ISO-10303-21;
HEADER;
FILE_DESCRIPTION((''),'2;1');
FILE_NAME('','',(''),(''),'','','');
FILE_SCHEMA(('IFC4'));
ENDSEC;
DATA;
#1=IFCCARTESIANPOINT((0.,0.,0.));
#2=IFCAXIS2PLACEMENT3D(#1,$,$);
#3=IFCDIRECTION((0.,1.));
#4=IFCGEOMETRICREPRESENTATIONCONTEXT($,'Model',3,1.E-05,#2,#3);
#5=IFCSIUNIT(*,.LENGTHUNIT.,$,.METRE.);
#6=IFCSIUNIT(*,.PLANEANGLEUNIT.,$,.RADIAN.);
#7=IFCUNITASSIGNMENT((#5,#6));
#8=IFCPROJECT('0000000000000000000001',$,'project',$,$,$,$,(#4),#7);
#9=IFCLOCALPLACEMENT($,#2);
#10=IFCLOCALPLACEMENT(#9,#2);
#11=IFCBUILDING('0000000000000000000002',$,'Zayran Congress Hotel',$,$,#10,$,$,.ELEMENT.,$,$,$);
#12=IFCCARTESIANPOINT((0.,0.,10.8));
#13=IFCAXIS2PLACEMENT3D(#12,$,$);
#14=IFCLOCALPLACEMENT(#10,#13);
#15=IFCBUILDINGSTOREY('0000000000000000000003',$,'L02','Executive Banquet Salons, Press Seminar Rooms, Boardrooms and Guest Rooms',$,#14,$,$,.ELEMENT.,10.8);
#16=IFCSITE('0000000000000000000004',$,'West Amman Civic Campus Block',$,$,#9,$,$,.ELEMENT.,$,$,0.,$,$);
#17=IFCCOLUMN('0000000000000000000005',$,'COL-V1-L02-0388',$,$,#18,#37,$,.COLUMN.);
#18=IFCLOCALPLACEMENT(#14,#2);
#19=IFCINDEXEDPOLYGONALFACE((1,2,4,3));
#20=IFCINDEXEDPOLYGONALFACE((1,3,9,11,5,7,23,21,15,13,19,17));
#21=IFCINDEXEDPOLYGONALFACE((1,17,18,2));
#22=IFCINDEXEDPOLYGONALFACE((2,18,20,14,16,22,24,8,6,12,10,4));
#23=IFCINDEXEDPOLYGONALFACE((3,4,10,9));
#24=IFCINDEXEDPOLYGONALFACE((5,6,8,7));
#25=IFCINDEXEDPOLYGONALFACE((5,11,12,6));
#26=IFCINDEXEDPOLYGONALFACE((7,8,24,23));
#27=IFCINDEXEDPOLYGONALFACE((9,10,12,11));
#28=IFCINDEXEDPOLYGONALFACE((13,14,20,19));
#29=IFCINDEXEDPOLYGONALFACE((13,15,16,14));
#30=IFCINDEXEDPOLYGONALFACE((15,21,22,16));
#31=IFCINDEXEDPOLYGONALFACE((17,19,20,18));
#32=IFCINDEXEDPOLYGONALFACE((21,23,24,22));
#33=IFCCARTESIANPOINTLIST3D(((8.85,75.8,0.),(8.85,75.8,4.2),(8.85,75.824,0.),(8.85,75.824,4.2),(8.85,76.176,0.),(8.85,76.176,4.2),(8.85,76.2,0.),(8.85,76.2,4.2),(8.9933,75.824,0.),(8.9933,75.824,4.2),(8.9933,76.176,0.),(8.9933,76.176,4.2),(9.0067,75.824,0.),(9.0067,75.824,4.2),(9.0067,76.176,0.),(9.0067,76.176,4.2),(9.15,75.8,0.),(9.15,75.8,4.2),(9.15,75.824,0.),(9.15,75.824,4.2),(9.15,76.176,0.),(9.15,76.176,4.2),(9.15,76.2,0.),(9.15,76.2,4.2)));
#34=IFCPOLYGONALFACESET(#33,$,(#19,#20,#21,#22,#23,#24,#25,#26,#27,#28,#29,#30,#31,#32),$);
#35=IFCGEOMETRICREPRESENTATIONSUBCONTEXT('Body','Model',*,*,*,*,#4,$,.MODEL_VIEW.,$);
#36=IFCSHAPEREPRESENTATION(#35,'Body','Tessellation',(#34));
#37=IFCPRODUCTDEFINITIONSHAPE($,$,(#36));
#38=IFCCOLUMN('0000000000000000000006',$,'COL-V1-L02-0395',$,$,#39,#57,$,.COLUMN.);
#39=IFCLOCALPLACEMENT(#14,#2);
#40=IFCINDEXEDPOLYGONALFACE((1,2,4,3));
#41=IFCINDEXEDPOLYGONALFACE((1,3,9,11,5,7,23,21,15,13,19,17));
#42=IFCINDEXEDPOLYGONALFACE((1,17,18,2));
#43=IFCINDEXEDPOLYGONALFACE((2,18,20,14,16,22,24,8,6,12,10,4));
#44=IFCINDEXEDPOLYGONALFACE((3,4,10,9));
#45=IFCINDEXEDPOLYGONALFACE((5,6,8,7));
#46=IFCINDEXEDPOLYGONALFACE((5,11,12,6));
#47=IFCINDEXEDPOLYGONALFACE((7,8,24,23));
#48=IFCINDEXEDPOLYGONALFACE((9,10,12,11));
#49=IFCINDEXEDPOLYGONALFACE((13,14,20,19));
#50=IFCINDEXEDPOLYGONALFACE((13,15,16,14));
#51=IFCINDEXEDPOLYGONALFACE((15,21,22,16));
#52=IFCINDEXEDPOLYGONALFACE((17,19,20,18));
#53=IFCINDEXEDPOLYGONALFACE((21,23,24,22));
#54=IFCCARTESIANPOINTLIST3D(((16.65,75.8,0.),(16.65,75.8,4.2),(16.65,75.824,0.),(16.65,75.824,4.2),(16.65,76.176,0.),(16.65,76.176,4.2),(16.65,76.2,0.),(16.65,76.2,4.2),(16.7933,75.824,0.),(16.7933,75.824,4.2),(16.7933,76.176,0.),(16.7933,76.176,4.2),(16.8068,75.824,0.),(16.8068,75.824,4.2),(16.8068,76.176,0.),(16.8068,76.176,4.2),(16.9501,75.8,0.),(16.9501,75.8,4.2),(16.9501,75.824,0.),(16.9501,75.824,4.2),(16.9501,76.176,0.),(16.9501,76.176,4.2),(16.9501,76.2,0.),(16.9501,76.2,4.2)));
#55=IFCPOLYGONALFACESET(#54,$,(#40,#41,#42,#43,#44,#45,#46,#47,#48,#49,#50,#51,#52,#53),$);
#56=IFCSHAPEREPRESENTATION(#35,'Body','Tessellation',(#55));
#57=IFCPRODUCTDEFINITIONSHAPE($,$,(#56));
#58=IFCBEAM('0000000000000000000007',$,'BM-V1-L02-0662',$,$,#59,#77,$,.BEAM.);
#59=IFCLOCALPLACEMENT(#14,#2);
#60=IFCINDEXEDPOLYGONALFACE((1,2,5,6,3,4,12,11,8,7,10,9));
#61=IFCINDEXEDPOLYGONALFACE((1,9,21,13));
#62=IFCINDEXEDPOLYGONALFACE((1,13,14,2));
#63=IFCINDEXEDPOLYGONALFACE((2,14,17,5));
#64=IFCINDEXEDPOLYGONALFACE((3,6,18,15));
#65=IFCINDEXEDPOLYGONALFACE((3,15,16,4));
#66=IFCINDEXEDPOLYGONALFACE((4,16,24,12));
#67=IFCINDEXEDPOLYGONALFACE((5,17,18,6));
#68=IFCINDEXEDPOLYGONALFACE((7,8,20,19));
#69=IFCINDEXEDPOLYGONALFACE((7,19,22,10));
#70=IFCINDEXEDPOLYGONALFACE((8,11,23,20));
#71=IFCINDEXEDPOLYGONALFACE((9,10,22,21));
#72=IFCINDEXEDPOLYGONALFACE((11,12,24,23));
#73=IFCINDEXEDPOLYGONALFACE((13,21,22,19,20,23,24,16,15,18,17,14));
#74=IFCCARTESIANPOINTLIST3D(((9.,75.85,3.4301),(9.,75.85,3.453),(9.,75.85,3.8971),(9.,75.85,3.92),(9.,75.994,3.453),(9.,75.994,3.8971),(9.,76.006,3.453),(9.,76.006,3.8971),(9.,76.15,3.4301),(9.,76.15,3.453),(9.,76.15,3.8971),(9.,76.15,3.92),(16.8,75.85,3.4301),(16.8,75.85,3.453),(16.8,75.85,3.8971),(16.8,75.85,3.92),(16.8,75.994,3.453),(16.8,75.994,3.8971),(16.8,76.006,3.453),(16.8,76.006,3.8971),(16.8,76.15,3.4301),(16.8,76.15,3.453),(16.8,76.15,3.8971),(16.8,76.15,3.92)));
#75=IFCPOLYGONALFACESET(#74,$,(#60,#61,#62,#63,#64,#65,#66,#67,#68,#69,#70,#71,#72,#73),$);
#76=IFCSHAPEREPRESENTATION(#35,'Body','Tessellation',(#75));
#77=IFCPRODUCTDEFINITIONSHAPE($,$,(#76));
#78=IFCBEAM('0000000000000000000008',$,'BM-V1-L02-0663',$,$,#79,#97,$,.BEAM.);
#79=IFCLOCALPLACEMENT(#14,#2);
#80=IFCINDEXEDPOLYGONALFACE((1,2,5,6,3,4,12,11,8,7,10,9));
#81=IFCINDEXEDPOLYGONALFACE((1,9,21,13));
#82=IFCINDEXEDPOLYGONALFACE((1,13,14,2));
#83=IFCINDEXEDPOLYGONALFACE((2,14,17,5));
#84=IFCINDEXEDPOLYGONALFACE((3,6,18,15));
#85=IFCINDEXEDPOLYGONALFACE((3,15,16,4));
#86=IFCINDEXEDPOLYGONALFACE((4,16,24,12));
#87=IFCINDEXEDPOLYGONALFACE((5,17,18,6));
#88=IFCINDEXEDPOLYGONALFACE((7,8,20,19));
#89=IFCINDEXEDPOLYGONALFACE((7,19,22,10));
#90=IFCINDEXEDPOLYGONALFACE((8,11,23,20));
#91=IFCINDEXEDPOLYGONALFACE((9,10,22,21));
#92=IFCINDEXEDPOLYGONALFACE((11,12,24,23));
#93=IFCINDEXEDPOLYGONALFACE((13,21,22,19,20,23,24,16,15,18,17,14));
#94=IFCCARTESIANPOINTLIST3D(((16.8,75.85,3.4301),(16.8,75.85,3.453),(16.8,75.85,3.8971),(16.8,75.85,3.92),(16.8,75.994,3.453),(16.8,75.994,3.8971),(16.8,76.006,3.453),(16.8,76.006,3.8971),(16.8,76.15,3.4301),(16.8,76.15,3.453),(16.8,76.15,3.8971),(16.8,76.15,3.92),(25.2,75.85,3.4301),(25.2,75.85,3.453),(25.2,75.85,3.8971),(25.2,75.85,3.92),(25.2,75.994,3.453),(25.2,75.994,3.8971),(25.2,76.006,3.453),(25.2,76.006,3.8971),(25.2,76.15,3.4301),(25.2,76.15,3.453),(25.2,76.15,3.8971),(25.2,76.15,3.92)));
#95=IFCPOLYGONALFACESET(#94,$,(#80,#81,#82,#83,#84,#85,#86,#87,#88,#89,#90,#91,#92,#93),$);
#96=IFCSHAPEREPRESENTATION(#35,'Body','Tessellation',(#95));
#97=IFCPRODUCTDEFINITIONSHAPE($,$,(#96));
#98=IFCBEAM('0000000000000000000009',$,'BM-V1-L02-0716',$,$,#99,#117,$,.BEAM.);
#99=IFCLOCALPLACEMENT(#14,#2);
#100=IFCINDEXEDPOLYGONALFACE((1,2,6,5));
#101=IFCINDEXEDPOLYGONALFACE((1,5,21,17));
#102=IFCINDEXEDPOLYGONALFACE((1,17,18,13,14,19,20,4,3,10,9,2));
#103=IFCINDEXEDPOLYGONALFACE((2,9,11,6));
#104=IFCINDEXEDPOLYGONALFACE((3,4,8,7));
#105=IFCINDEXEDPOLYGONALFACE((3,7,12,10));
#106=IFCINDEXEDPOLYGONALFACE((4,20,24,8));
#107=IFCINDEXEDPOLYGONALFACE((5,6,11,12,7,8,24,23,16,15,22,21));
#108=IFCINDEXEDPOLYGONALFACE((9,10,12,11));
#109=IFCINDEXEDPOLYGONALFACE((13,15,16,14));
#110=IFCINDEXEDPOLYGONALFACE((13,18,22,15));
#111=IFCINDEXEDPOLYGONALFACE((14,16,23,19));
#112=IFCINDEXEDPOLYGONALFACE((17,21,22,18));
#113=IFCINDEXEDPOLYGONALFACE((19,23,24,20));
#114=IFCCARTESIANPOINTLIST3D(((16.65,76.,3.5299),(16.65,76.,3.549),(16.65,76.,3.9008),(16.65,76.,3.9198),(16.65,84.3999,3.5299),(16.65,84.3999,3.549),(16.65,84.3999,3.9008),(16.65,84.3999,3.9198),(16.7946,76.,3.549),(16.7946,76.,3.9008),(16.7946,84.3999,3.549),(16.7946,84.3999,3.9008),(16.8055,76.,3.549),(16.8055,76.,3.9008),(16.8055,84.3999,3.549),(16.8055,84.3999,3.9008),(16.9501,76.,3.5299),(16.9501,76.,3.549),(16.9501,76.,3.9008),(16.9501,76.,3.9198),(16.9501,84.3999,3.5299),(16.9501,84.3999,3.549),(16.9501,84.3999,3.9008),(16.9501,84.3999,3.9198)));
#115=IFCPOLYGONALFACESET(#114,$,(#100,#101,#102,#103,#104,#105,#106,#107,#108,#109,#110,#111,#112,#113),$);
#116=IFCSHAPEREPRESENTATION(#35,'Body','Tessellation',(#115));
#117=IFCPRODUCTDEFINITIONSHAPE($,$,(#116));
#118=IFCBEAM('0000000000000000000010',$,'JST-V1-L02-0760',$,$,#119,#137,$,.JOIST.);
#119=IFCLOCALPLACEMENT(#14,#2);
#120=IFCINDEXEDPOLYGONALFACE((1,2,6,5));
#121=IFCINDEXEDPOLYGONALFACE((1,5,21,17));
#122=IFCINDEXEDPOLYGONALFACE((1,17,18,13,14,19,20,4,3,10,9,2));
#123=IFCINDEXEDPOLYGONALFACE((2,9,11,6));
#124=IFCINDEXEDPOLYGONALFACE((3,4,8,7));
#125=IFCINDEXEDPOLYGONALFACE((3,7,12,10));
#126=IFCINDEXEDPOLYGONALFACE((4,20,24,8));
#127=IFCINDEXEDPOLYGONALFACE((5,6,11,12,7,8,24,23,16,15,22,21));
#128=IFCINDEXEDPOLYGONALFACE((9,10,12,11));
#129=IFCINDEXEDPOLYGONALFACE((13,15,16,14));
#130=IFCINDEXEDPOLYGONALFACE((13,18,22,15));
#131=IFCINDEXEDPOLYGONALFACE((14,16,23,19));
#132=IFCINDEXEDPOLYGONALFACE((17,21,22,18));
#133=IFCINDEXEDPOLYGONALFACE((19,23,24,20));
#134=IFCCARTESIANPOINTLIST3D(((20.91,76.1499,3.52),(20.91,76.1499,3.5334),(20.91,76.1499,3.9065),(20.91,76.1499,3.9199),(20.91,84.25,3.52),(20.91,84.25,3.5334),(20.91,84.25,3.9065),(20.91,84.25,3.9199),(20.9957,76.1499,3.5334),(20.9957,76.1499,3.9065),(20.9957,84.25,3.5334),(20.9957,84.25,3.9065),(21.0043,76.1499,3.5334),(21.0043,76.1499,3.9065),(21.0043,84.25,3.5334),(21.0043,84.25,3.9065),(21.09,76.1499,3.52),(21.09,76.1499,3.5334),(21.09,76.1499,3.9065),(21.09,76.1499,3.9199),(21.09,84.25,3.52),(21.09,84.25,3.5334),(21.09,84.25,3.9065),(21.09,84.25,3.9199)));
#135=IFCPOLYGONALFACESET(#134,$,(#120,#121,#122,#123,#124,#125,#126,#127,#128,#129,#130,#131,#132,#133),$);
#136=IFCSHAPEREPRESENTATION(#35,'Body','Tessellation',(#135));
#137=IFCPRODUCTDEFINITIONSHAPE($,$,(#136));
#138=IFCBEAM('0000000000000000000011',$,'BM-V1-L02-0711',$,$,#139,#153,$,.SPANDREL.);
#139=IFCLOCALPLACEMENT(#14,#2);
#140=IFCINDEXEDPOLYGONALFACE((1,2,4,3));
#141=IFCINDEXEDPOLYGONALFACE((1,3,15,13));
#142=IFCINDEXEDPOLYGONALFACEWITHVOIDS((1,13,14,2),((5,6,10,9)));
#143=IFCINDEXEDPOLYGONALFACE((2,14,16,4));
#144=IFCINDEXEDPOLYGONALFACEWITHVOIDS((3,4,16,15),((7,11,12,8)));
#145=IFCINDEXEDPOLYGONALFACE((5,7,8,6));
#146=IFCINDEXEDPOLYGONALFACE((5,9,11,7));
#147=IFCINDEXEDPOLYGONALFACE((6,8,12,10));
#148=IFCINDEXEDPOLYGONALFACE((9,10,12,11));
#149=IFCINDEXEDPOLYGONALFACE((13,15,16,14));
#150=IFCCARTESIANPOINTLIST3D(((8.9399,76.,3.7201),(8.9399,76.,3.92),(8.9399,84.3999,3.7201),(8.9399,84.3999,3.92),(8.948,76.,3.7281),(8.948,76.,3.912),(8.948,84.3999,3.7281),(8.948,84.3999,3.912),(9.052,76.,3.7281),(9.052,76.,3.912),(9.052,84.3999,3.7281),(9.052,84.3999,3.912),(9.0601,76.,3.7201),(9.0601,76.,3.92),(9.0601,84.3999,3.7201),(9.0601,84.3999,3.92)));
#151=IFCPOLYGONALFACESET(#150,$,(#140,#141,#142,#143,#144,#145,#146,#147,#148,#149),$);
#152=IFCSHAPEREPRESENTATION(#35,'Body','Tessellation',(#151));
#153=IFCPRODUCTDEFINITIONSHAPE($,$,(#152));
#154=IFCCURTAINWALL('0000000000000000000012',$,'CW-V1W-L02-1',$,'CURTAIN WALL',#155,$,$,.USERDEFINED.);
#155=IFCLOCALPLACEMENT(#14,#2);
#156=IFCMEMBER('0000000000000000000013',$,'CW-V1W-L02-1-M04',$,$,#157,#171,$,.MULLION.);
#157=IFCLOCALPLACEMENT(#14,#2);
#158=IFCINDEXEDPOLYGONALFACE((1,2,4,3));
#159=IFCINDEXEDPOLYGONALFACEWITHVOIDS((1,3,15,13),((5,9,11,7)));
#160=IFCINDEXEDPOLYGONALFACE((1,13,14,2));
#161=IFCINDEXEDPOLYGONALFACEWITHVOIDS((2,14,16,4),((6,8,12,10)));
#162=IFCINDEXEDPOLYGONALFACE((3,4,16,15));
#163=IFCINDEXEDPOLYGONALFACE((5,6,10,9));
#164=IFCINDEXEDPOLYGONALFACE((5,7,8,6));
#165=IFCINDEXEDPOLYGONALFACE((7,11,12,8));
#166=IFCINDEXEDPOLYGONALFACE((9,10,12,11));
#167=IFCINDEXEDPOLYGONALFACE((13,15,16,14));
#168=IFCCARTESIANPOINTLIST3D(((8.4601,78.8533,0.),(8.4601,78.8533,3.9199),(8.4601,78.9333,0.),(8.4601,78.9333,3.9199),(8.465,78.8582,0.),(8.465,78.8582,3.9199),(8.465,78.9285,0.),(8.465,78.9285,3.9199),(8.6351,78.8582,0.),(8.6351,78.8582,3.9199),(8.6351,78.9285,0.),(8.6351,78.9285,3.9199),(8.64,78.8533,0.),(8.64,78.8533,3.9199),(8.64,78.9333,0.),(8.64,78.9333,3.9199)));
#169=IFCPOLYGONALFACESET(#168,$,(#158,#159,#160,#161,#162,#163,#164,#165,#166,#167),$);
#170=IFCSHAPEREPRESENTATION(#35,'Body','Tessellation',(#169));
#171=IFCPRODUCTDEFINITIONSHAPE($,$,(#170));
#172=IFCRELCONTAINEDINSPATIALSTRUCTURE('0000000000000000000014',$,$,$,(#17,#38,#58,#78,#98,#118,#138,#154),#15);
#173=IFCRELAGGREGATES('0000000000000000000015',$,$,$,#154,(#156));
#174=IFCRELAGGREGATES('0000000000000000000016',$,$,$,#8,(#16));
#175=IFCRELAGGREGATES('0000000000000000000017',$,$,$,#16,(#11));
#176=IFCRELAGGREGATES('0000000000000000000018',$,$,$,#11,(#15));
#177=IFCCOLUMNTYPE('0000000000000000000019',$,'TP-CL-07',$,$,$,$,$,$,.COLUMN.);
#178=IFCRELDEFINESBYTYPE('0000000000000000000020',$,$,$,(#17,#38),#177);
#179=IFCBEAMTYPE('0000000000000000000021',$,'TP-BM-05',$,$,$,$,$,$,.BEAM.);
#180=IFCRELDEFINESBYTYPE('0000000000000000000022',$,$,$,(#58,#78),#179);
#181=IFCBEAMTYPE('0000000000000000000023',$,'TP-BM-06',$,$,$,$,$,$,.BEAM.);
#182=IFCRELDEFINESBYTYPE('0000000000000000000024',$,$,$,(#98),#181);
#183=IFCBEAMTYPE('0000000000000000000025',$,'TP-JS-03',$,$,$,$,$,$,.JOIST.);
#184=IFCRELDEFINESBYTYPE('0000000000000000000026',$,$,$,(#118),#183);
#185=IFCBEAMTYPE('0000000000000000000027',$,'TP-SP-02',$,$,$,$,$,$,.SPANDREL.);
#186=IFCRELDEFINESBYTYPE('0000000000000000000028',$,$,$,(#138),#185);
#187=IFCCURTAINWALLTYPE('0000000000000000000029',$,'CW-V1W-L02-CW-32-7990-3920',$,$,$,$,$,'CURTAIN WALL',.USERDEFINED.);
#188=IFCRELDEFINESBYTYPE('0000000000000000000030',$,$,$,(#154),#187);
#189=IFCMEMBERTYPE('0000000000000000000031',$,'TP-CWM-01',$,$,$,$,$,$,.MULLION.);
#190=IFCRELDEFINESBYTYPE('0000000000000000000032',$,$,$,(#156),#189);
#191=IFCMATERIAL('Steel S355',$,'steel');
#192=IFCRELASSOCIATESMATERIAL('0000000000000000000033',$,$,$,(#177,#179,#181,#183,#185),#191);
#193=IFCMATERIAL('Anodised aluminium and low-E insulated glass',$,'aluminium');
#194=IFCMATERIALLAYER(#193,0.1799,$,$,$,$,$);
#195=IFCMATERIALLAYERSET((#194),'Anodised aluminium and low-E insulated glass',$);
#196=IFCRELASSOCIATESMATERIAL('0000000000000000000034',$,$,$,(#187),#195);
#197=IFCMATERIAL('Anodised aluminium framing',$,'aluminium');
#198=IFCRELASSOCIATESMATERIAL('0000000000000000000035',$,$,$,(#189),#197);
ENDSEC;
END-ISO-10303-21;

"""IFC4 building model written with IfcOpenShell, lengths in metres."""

from ifc_helpers import new_model, si_unit, direction, frame, origin, origin_2d, place, context, subcontext, project, spatial, hollow_rectangle, i_section, extrude, material, layer, layer_set, material_profile, profile_set, type_object, element, aggregate, save


model = new_model("IFC4")

# Units and contexts
model_context = context("Model", 3, precision=1e-05, world=origin(), true_north=direction((0.0, 1.0)))
body_context = subcontext(model_context, "Body", "Model", "MODEL_VIEW")
ifc_project = project(units=[si_unit("LENGTHUNIT", "METRE"), si_unit("PLANEANGLEUNIT", "RADIAN")], contexts=[model_context])

# Site, building, storey
site_placement = place(None, origin())
site = spatial("IfcSite", under=ifc_project, at=site_placement, Name="West Amman Civic Campus Block", CompositionType="ELEMENT", RefElevation=0.0)
building_placement = place(site_placement, origin())
building = spatial("IfcBuilding", under=site, at=building_placement, Name="Zayran Congress Hotel", CompositionType="ELEMENT")
storey_placement = place(building_placement, frame((0.0, 0.0, 10.8)))
storey = spatial("IfcBuildingStorey", under=building, at=storey_placement, Name="L02", Description="Executive Banquet Salons, Press Seminar Rooms, Boardrooms and Guest Rooms", CompositionType="ELEMENT", Elevation=10.8)

# Columns
ifc_material_1 = material(Name="Steel S355", Category="steel")
ifc_material_profile_1 = material_profile(ifc_material_1, i_section(OverallWidth=0.3, OverallDepth=0.3999, WebThickness=0.0134, FlangeThickness=0.0239, at=origin_2d()), Name="HEB 400")
ifc_profile_set_1 = profile_set([ifc_material_profile_1], Name="Steel S355")
column_type = type_object("IfcColumnType", Name="TP-CL-07", PredefinedType="COLUMN", material=ifc_profile_set_1)
for number, where, z_axis, x_axis, name in (
    (1, (9.0, 76.0, 0.0), (0.0, 0.0, 1.0), (1.0, 0.0, 0.0), "COL-V1-L02-0388"),
    (2, (16.8, 76.0, 0.0), (0.0, 0.0, 1.0), (1.0, 0.0, 0.0), "COL-V1-L02-0395"),
):
    element("IfcColumn", number, at=place(storey_placement, frame(where, z_axis=z_axis, x_axis=x_axis)), inside=storey, type_object=column_type, Name=name, PredefinedType="COLUMN", context=body_context, shape_type="SweptSolid", body=[
        extrude(i_section(OverallWidth=0.3, OverallDepth=0.3999, WebThickness=0.0134, FlangeThickness=0.0239, at=origin_2d()), origin(), (0.0, 0.0, 1.0), 4.2),
    ])

# Beams
ifc_material_profile_2 = material_profile(ifc_material_1, i_section(OverallWidth=0.3, OverallDepth=0.49, WebThickness=0.012, FlangeThickness=0.0229, at=origin_2d()), Name="HEA 500")
ifc_profile_set_2 = profile_set([ifc_material_profile_2], Name="Steel S355")
beam_type_1 = type_object("IfcBeamType", Name="TP-BM-05", PredefinedType="BEAM", material=ifc_profile_set_2)
beam_1_placement = place(storey_placement, frame((9.0, 76.0, 3.675), z_axis=(1.0, 0.0, 0.0), x_axis=(0.0, 1.0, 0.0)))
element("IfcBeam", 3, at=beam_1_placement, inside=storey, type_object=beam_type_1, Name="BM-V1-L02-0662", PredefinedType="BEAM", context=body_context, shape_type="SweptSolid", body=[
    extrude(i_section(OverallWidth=0.3, OverallDepth=0.49, WebThickness=0.012, FlangeThickness=0.0229, at=origin_2d()), origin(), (0.0, 0.0, 1.0), 7.8),
])
beam_2_placement = place(storey_placement, frame((16.8, 76.0, 3.675), z_axis=(1.0, 0.0, 0.0), x_axis=(0.0, 1.0, 0.0)))
element("IfcBeam", 4, at=beam_2_placement, inside=storey, type_object=beam_type_1, Name="BM-V1-L02-0663", PredefinedType="BEAM", context=body_context, shape_type="SweptSolid", body=[
    extrude(i_section(OverallWidth=0.3, OverallDepth=0.49, WebThickness=0.012, FlangeThickness=0.0229, at=origin_2d()), origin(), (0.0, 0.0, 1.0), 8.3999),
])
ifc_material_profile_3 = material_profile(ifc_material_1, i_section(OverallWidth=0.3, OverallDepth=0.3899, WebThickness=0.011, FlangeThickness=0.019, at=origin_2d()), Name="HEA 400")
ifc_profile_set_3 = profile_set([ifc_material_profile_3], Name="Steel S355")
beam_type_2 = type_object("IfcBeamType", Name="TP-BM-06", PredefinedType="BEAM", material=ifc_profile_set_3)
beam_3_placement = place(storey_placement, frame((16.8, 76.0, 3.7249), z_axis=(0.0, 1.0, 0.0), x_axis=(-1.0, 0.0, 0.0)))
element("IfcBeam", 5, at=beam_3_placement, inside=storey, type_object=beam_type_2, Name="BM-V1-L02-0716", PredefinedType="BEAM", context=body_context, shape_type="SweptSolid", body=[
    extrude(i_section(OverallWidth=0.3, OverallDepth=0.3899, WebThickness=0.011, FlangeThickness=0.019, at=origin_2d()), origin(), (0.0, 0.0, 1.0), 8.3999),
])
ifc_material_profile_4 = material_profile(ifc_material_1, i_section(OverallWidth=0.1799, OverallDepth=0.3999, WebThickness=0.0085, FlangeThickness=0.0134, at=origin_2d()), Name="IPE 400")
ifc_profile_set_4 = profile_set([ifc_material_profile_4], Name="Steel S355")
beam_type_3 = type_object("IfcBeamType", Name="TP-JS-03", PredefinedType="JOIST", material=ifc_profile_set_4)
beam_4_placement = place(storey_placement, frame((21.0, 76.1499, 3.72), z_axis=(0.0, 1.0, 0.0), x_axis=(-1.0, 0.0, 0.0)))
element("IfcBeam", 6, at=beam_4_placement, inside=storey, type_object=beam_type_3, Name="JST-V1-L02-0760", PredefinedType="JOIST", context=body_context, shape_type="SweptSolid", body=[
    extrude(i_section(OverallWidth=0.1799, OverallDepth=0.3999, WebThickness=0.0085, FlangeThickness=0.0134, at=origin_2d()), origin(), (0.0, 0.0, 1.0), 8.1001),
])
ifc_material_profile_5 = material_profile(ifc_material_1, hollow_rectangle(XDim=0.1201, YDim=0.2, WallThickness=0.0081, at=origin_2d()), Name="RHS 200x120x8")
ifc_profile_set_5 = profile_set([ifc_material_profile_5], Name="Steel S355")
beam_type_4 = type_object("IfcBeamType", Name="TP-SP-02", PredefinedType="SPANDREL", material=ifc_profile_set_5)
beam_5_placement = place(storey_placement, frame((9.0, 76.0, 3.8201), z_axis=(0.0, 1.0, 0.0), x_axis=(-1.0, 0.0, 0.0)))
element("IfcBeam", 7, at=beam_5_placement, inside=storey, type_object=beam_type_4, Name="BM-V1-L02-0711", PredefinedType="SPANDREL", context=body_context, shape_type="SweptSolid", body=[
    extrude(hollow_rectangle(XDim=0.1201, YDim=0.2, WallThickness=0.0081, at=origin_2d()), origin(), (0.0, 0.0, 1.0), 8.3999),
])

# Curtain wall, member
ifc_material_2 = material(Name="Anodised aluminium and low-E insulated glass", Category="aluminium")
ifc_layer_1 = layer(ifc_material_2, 0.1799)
ifc_layer_set_1 = layer_set([ifc_layer_1], Name="Anodised aluminium and low-E insulated glass")
curtain_wall_type = type_object("IfcCurtainWallType", Name="CW-V1W-L02-CW-32-7990-3920", ElementType="CURTAIN WALL", PredefinedType="USERDEFINED", material=ifc_layer_set_1)
curtain_wall_placement = place(storey_placement, origin())
curtain_wall = element("IfcCurtainWall", 8, at=curtain_wall_placement, inside=storey, type_object=curtain_wall_type, Name="CW-V1W-L02-1", ObjectType="CURTAIN WALL", PredefinedType="USERDEFINED")
ifc_material_3 = material(Name="Anodised aluminium framing", Category="aluminium")
ifc_material_profile_6 = material_profile(ifc_material_3, hollow_rectangle(XDim=0.0801, YDim=0.1799, WallThickness=0.0049, at=origin_2d()), Name="RHS 180x80x5")
ifc_profile_set_6 = profile_set([ifc_material_profile_6], Name="Anodised aluminium framing")
member_type_1 = type_object("IfcMemberType", Name="TP-CWM-01", PredefinedType="MULLION", material=ifc_profile_set_6)
member_1_placement = place(storey_placement, frame((8.55, 78.8933, 0.0), z_axis=(0.0, 0.0, 1.0), x_axis=(0.0, 1.0, 0.0)))
member_1 = element("IfcMember", 9, at=member_1_placement, type_object=member_type_1, Name="CW-V1W-L02-1-M04", PredefinedType="MULLION", context=body_context, shape_type="SweptSolid", body=[
    extrude(hollow_rectangle(XDim=0.0801, YDim=0.1799, WallThickness=0.0049, at=origin_2d()), origin(), (0.0, 0.0, 1.0), 3.9199),
])
aggregate(curtain_wall, [member_1])

save(model, "model.ifc")
